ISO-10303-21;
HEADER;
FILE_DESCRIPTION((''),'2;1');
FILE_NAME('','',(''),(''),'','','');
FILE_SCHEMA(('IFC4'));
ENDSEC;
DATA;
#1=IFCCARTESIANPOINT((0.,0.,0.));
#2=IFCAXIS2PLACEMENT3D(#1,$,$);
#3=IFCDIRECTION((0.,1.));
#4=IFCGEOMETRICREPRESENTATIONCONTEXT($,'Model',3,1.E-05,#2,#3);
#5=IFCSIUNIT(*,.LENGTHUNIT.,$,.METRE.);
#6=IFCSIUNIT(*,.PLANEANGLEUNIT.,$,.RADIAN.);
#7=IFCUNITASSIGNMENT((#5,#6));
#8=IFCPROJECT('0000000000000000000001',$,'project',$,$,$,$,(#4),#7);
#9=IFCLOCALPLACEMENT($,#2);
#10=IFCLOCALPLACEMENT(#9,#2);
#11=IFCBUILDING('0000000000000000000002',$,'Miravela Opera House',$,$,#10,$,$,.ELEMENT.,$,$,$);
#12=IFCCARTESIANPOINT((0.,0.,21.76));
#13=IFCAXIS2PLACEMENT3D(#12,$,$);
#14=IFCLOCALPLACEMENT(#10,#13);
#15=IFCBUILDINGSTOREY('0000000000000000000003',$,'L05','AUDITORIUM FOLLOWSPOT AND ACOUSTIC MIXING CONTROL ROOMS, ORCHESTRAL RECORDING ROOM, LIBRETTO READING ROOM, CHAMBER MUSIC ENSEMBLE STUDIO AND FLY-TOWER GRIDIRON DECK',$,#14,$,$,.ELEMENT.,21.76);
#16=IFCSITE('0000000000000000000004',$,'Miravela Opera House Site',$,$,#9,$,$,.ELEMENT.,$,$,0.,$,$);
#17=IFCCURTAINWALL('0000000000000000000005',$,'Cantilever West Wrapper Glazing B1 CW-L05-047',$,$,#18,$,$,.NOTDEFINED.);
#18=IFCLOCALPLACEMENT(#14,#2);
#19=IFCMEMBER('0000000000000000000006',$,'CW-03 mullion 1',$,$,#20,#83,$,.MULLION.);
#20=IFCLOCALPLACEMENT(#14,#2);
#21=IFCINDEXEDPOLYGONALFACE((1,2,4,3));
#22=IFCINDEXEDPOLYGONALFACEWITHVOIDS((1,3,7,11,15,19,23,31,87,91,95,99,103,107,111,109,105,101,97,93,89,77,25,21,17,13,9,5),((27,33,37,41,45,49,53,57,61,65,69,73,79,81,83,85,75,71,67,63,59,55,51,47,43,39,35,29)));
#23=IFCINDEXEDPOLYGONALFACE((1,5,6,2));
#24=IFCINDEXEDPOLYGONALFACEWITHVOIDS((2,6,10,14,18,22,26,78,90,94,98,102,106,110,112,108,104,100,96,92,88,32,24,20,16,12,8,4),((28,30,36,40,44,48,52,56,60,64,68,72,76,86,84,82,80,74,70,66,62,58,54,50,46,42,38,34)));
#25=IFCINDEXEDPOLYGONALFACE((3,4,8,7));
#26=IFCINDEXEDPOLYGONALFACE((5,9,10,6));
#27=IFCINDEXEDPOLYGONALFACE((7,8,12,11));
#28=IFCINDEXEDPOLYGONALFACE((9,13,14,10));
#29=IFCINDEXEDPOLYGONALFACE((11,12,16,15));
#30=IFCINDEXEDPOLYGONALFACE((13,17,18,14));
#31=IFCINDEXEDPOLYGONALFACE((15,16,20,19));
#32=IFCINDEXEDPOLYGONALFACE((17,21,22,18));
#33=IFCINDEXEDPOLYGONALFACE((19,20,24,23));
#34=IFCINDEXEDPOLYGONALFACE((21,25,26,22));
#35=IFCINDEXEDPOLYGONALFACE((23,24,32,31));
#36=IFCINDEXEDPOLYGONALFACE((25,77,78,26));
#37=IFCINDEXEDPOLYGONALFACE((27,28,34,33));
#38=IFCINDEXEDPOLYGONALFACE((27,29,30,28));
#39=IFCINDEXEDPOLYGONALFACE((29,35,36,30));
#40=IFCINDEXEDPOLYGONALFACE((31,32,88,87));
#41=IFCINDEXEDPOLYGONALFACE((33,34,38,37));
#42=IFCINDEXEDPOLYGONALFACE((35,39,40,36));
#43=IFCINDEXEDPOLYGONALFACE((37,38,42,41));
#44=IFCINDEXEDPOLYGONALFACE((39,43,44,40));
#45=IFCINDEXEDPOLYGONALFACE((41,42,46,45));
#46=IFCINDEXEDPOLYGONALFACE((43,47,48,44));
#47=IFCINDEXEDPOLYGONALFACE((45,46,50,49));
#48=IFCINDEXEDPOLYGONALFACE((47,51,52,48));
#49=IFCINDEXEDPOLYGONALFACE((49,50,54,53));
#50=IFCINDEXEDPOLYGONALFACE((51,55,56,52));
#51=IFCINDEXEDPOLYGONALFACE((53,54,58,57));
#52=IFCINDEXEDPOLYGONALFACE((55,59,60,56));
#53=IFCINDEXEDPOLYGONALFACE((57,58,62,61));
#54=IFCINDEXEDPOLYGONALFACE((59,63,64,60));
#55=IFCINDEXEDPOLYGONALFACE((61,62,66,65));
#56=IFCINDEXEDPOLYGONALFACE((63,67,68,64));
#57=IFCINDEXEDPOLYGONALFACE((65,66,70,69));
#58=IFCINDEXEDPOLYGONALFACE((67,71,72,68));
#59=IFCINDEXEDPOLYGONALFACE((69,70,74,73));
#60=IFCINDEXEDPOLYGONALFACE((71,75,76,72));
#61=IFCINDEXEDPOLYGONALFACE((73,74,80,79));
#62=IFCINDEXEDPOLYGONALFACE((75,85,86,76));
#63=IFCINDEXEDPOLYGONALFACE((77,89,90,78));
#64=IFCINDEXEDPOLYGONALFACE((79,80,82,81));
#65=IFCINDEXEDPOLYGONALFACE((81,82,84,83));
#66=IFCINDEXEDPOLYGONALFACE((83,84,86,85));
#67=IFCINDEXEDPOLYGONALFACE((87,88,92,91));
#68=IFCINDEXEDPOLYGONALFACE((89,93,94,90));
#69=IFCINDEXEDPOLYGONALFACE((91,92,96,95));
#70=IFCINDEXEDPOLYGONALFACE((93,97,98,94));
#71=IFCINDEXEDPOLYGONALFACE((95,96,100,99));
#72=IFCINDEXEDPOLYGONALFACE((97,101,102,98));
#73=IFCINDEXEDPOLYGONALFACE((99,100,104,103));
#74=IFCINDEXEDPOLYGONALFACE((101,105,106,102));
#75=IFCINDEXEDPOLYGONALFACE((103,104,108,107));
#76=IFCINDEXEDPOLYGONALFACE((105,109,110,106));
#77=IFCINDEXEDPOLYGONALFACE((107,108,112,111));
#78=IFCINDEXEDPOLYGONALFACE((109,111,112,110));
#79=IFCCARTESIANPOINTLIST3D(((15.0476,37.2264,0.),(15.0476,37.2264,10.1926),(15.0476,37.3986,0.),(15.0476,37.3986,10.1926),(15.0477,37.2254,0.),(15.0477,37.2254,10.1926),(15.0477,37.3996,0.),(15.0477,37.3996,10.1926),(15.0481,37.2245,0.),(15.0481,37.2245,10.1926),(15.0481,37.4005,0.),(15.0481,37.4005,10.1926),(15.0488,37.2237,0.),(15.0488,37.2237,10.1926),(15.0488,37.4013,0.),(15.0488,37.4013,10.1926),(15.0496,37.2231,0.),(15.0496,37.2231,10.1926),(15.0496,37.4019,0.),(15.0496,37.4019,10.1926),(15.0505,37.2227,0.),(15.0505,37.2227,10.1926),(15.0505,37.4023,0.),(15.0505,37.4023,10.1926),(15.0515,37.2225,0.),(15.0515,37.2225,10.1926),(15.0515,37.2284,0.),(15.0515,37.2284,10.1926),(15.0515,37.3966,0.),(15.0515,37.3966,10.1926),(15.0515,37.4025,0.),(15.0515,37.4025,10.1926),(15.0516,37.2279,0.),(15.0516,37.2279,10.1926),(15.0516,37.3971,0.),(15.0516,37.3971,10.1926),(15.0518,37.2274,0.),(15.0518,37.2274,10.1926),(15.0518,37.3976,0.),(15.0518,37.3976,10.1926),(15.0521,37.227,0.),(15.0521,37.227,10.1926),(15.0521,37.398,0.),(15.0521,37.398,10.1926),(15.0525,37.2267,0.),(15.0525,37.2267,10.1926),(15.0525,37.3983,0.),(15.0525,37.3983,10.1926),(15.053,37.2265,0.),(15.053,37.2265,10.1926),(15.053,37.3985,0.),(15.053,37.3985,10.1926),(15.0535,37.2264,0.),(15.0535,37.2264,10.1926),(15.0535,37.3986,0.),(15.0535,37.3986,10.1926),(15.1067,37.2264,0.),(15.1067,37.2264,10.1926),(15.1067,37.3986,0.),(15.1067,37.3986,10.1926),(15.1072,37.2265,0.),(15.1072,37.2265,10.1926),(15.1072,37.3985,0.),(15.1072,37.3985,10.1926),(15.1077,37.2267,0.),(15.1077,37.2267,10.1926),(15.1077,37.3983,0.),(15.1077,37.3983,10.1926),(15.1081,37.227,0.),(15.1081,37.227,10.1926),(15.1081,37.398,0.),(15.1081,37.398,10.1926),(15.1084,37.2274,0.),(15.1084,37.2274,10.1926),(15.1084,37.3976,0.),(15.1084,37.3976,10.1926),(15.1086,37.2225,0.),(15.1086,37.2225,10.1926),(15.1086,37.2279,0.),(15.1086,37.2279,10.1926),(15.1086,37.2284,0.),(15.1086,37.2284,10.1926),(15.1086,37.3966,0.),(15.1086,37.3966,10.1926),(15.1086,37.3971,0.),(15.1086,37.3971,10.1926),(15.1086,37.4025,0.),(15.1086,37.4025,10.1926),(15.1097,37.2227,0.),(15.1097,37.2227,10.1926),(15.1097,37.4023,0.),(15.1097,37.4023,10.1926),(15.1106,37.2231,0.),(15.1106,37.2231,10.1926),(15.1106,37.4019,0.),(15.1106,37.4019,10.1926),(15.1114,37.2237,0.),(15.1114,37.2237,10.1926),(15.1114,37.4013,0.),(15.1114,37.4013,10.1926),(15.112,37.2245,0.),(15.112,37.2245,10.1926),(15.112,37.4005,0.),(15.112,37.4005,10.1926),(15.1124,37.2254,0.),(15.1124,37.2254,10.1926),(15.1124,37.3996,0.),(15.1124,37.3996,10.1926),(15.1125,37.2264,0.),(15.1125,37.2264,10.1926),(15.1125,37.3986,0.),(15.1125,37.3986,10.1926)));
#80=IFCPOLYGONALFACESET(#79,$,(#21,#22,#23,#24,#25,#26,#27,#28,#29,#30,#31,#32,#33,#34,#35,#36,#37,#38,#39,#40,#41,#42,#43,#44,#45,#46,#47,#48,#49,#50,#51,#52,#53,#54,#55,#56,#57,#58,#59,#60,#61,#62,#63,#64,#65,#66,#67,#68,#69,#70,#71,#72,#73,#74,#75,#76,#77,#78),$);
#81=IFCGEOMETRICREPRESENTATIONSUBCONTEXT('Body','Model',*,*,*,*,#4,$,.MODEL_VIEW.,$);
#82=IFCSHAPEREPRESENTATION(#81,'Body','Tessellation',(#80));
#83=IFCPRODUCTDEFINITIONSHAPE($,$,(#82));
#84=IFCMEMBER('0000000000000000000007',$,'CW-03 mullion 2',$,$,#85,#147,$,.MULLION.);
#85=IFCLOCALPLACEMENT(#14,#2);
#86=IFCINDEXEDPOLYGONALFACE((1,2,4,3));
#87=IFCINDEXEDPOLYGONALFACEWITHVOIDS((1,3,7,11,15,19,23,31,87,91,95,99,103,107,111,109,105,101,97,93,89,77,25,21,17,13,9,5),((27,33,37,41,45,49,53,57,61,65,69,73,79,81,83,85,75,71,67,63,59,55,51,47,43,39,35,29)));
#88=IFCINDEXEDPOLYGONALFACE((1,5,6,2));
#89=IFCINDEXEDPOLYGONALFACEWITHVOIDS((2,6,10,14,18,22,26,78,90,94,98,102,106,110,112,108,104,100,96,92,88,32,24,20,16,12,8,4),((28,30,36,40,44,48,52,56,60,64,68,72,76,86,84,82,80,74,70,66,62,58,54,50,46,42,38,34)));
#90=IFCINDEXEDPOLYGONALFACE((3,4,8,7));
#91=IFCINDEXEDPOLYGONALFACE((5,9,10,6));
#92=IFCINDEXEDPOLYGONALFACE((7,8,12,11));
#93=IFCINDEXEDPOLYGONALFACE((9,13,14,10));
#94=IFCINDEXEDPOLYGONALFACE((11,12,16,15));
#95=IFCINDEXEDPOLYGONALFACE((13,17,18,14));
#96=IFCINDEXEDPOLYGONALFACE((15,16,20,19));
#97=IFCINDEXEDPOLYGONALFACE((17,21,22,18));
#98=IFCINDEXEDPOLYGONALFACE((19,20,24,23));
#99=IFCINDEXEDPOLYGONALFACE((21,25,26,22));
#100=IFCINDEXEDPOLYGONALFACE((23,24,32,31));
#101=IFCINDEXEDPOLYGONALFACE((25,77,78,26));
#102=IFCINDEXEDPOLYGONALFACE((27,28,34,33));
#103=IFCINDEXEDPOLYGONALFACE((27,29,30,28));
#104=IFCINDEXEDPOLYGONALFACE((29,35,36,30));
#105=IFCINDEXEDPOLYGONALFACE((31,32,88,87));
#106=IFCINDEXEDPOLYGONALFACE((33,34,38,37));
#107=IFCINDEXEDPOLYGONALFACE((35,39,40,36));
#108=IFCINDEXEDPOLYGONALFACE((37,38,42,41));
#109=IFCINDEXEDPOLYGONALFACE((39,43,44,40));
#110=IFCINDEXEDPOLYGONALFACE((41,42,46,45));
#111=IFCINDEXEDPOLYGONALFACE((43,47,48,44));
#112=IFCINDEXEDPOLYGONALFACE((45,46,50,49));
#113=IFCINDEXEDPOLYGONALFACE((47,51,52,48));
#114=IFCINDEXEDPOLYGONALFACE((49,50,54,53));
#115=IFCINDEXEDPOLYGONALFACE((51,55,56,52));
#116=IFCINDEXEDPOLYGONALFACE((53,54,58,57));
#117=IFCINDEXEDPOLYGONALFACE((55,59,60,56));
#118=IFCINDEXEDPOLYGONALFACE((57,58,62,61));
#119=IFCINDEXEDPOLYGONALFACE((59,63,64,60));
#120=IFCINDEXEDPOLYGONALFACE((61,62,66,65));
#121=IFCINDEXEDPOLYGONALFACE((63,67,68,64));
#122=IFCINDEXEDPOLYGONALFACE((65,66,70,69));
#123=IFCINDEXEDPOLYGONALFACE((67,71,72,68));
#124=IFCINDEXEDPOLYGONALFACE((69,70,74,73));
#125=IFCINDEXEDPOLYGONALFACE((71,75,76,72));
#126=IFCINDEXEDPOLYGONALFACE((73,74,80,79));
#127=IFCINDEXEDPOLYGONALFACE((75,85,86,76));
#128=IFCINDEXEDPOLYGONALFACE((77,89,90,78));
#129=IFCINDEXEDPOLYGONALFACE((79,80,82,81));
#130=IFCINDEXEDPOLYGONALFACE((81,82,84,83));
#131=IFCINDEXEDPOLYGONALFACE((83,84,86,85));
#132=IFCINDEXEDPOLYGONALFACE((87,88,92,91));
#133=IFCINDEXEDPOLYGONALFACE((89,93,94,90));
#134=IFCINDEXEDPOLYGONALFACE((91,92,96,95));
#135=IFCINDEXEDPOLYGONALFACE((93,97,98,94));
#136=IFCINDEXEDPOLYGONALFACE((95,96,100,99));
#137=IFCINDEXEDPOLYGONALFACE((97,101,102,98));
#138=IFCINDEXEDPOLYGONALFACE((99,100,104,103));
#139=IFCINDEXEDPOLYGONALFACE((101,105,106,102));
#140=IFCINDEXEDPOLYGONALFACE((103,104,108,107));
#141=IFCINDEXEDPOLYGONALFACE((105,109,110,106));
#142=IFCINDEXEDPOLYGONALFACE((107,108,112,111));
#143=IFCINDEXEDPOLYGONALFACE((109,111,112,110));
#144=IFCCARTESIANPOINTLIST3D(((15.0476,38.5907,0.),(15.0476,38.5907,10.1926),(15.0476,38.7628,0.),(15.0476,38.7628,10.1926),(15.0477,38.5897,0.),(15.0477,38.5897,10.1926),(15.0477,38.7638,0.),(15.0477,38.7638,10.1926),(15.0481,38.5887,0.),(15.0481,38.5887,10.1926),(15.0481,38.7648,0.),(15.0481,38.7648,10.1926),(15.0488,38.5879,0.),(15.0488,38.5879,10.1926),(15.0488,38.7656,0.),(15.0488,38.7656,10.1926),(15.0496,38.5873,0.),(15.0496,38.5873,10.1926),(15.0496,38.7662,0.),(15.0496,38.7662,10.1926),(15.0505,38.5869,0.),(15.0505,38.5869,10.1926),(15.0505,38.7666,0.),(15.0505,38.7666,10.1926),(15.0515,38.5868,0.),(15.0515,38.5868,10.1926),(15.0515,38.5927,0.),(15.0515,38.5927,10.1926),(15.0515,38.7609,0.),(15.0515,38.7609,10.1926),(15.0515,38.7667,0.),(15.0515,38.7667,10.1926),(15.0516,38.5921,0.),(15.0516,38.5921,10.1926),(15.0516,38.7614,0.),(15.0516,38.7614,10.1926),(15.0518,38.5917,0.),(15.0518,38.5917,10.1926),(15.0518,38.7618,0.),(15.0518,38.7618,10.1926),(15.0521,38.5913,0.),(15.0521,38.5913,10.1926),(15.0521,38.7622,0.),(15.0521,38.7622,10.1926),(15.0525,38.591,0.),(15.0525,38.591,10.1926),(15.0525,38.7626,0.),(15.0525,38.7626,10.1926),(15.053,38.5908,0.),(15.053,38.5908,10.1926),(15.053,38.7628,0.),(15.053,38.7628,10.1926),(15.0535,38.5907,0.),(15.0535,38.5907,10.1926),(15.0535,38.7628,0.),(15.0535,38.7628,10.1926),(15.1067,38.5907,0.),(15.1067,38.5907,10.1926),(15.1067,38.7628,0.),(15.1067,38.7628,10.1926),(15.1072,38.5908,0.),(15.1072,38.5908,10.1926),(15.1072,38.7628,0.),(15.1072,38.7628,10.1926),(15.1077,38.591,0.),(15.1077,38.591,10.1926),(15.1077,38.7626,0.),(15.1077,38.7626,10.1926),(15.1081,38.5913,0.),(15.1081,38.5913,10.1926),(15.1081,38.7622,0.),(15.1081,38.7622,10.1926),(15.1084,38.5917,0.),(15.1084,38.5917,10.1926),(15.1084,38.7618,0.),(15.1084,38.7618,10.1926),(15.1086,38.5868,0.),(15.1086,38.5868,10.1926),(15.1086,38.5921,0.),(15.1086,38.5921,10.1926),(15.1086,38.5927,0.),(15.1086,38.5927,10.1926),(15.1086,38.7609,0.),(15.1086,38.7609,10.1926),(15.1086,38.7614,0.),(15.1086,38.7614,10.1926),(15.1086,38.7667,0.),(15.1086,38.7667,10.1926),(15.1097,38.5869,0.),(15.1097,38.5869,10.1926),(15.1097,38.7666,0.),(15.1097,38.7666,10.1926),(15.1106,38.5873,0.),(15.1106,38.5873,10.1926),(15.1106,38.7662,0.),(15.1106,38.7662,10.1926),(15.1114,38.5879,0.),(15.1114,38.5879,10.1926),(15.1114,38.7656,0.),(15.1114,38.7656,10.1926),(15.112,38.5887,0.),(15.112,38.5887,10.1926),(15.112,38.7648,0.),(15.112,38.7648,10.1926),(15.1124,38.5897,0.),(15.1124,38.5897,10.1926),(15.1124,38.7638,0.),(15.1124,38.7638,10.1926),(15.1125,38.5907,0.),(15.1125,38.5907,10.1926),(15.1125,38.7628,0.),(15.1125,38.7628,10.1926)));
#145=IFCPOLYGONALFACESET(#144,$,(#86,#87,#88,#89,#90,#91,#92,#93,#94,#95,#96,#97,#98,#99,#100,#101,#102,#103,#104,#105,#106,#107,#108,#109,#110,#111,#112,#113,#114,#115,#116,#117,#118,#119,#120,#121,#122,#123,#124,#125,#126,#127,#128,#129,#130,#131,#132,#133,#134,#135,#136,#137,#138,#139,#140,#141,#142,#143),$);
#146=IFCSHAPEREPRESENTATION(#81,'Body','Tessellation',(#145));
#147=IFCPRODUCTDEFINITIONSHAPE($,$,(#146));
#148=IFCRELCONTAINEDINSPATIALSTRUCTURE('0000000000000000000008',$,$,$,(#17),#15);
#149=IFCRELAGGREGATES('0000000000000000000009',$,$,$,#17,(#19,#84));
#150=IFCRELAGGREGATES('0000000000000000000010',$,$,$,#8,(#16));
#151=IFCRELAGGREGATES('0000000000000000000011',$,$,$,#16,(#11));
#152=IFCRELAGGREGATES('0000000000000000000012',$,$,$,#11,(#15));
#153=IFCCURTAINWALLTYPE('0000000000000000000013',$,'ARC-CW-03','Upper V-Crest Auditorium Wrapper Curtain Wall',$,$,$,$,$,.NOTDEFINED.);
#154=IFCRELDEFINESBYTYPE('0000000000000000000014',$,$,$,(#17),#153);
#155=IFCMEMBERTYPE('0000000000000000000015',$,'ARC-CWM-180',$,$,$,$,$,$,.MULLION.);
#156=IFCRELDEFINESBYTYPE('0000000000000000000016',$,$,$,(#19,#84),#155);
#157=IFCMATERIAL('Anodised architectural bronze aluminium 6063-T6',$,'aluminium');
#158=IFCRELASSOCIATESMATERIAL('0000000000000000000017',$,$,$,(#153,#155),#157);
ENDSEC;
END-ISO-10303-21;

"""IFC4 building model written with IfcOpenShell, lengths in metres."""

from ifc_helpers import new_model, si_unit, direction, frame, origin, origin_2d, place, context, subcontext, project, spatial, hollow_rectangle, extrude, material, material_profile, profile_set, type_object, element, aggregate, save


model = new_model("IFC4")

# Units and contexts
model_context = context("Model", 3, precision=1e-05, world=origin(), true_north=direction((0.0, 1.0)))
body_context = subcontext(model_context, "Body", "Model", "MODEL_VIEW")
ifc_project = project(units=[si_unit("LENGTHUNIT", "METRE"), si_unit("PLANEANGLEUNIT", "RADIAN")], contexts=[model_context])

# Site, building, storey
site_placement = place(None, origin())
site = spatial("IfcSite", under=ifc_project, at=site_placement, Name="Miravela Opera House Site", CompositionType="ELEMENT", RefElevation=0.0)
building_placement = place(site_placement, origin())
building = spatial("IfcBuilding", under=site, at=building_placement, Name="Miravela Opera House", CompositionType="ELEMENT")
storey_placement = place(building_placement, frame((0.0, 0.0, 21.76)))
storey = spatial("IfcBuildingStorey", under=building, at=storey_placement, Name="L05", Description="AUDITORIUM FOLLOWSPOT AND ACOUSTIC MIXING CONTROL ROOMS, ORCHESTRAL RECORDING ROOM, LIBRETTO READING ROOM, CHAMBER MUSIC ENSEMBLE STUDIO AND FLY-TOWER GRIDIRON DECK", CompositionType="ELEMENT", Elevation=21.76)

# Curtain wall, members
ifc_material_1 = material(Name="Anodised architectural bronze aluminium 6063-T6", Category="aluminium")
curtain_wall_type = type_object("IfcCurtainWallType", Name="ARC-CW-03", Description="Upper V-Crest Auditorium Wrapper Curtain Wall", PredefinedType="NOTDEFINED", material=ifc_material_1)
curtain_wall_1_placement = place(storey_placement, origin())
curtain_wall_1 = element("IfcCurtainWall", 1, at=curtain_wall_1_placement, inside=storey, type_object=curtain_wall_type, Name="Cantilever West Wrapper Glazing B1 CW-L05-047", PredefinedType="NOTDEFINED")
ifc_material_profile_1 = material_profile(ifc_material_1, hollow_rectangle(XDim=0.0649, YDim=0.1799, WallThickness=0.0039, InnerFilletRadius=0.002, OuterFilletRadius=0.0039, at=origin_2d()), Name="CWM-65X180")
ifc_profile_set_1 = profile_set([ifc_material_profile_1])
member_type_1 = type_object("IfcMemberType", Name="ARC-CWM-180", PredefinedType="MULLION", material=ifc_profile_set_1)
member_1_placement = place(storey_placement, frame((15.0801, 37.3125, 0.0), z_axis=(0.0, 0.0, 1.0), x_axis=(-1.0, 0.0, 0.0)))
member_1 = element("IfcMember", 2, at=member_1_placement, type_object=member_type_1, Name="CW-03 mullion 1", PredefinedType="MULLION", context=body_context, shape_type="SweptSolid", body=[
    extrude(hollow_rectangle(XDim=0.0649, YDim=0.1799, WallThickness=0.0039, InnerFilletRadius=0.002, OuterFilletRadius=0.0039, at=origin_2d()), origin(), (0.0, 0.0, 1.0), 10.1926),
])
member_2_placement = place(storey_placement, frame((15.0801, 38.6768, 0.0), z_axis=(0.0, 0.0, 1.0), x_axis=(-1.0, 0.0, 0.0)))
member_2 = element("IfcMember", 3, at=member_2_placement, type_object=member_type_1, Name="CW-03 mullion 2", PredefinedType="MULLION", context=body_context, shape_type="SweptSolid", body=[
    extrude(hollow_rectangle(XDim=0.0649, YDim=0.1799, WallThickness=0.0039, InnerFilletRadius=0.002, OuterFilletRadius=0.0039, at=origin_2d()), origin(), (0.0, 0.0, 1.0), 10.1926),
])

aggregate(curtain_wall_1, [member_1, member_2])

save(model, "model.ifc")
